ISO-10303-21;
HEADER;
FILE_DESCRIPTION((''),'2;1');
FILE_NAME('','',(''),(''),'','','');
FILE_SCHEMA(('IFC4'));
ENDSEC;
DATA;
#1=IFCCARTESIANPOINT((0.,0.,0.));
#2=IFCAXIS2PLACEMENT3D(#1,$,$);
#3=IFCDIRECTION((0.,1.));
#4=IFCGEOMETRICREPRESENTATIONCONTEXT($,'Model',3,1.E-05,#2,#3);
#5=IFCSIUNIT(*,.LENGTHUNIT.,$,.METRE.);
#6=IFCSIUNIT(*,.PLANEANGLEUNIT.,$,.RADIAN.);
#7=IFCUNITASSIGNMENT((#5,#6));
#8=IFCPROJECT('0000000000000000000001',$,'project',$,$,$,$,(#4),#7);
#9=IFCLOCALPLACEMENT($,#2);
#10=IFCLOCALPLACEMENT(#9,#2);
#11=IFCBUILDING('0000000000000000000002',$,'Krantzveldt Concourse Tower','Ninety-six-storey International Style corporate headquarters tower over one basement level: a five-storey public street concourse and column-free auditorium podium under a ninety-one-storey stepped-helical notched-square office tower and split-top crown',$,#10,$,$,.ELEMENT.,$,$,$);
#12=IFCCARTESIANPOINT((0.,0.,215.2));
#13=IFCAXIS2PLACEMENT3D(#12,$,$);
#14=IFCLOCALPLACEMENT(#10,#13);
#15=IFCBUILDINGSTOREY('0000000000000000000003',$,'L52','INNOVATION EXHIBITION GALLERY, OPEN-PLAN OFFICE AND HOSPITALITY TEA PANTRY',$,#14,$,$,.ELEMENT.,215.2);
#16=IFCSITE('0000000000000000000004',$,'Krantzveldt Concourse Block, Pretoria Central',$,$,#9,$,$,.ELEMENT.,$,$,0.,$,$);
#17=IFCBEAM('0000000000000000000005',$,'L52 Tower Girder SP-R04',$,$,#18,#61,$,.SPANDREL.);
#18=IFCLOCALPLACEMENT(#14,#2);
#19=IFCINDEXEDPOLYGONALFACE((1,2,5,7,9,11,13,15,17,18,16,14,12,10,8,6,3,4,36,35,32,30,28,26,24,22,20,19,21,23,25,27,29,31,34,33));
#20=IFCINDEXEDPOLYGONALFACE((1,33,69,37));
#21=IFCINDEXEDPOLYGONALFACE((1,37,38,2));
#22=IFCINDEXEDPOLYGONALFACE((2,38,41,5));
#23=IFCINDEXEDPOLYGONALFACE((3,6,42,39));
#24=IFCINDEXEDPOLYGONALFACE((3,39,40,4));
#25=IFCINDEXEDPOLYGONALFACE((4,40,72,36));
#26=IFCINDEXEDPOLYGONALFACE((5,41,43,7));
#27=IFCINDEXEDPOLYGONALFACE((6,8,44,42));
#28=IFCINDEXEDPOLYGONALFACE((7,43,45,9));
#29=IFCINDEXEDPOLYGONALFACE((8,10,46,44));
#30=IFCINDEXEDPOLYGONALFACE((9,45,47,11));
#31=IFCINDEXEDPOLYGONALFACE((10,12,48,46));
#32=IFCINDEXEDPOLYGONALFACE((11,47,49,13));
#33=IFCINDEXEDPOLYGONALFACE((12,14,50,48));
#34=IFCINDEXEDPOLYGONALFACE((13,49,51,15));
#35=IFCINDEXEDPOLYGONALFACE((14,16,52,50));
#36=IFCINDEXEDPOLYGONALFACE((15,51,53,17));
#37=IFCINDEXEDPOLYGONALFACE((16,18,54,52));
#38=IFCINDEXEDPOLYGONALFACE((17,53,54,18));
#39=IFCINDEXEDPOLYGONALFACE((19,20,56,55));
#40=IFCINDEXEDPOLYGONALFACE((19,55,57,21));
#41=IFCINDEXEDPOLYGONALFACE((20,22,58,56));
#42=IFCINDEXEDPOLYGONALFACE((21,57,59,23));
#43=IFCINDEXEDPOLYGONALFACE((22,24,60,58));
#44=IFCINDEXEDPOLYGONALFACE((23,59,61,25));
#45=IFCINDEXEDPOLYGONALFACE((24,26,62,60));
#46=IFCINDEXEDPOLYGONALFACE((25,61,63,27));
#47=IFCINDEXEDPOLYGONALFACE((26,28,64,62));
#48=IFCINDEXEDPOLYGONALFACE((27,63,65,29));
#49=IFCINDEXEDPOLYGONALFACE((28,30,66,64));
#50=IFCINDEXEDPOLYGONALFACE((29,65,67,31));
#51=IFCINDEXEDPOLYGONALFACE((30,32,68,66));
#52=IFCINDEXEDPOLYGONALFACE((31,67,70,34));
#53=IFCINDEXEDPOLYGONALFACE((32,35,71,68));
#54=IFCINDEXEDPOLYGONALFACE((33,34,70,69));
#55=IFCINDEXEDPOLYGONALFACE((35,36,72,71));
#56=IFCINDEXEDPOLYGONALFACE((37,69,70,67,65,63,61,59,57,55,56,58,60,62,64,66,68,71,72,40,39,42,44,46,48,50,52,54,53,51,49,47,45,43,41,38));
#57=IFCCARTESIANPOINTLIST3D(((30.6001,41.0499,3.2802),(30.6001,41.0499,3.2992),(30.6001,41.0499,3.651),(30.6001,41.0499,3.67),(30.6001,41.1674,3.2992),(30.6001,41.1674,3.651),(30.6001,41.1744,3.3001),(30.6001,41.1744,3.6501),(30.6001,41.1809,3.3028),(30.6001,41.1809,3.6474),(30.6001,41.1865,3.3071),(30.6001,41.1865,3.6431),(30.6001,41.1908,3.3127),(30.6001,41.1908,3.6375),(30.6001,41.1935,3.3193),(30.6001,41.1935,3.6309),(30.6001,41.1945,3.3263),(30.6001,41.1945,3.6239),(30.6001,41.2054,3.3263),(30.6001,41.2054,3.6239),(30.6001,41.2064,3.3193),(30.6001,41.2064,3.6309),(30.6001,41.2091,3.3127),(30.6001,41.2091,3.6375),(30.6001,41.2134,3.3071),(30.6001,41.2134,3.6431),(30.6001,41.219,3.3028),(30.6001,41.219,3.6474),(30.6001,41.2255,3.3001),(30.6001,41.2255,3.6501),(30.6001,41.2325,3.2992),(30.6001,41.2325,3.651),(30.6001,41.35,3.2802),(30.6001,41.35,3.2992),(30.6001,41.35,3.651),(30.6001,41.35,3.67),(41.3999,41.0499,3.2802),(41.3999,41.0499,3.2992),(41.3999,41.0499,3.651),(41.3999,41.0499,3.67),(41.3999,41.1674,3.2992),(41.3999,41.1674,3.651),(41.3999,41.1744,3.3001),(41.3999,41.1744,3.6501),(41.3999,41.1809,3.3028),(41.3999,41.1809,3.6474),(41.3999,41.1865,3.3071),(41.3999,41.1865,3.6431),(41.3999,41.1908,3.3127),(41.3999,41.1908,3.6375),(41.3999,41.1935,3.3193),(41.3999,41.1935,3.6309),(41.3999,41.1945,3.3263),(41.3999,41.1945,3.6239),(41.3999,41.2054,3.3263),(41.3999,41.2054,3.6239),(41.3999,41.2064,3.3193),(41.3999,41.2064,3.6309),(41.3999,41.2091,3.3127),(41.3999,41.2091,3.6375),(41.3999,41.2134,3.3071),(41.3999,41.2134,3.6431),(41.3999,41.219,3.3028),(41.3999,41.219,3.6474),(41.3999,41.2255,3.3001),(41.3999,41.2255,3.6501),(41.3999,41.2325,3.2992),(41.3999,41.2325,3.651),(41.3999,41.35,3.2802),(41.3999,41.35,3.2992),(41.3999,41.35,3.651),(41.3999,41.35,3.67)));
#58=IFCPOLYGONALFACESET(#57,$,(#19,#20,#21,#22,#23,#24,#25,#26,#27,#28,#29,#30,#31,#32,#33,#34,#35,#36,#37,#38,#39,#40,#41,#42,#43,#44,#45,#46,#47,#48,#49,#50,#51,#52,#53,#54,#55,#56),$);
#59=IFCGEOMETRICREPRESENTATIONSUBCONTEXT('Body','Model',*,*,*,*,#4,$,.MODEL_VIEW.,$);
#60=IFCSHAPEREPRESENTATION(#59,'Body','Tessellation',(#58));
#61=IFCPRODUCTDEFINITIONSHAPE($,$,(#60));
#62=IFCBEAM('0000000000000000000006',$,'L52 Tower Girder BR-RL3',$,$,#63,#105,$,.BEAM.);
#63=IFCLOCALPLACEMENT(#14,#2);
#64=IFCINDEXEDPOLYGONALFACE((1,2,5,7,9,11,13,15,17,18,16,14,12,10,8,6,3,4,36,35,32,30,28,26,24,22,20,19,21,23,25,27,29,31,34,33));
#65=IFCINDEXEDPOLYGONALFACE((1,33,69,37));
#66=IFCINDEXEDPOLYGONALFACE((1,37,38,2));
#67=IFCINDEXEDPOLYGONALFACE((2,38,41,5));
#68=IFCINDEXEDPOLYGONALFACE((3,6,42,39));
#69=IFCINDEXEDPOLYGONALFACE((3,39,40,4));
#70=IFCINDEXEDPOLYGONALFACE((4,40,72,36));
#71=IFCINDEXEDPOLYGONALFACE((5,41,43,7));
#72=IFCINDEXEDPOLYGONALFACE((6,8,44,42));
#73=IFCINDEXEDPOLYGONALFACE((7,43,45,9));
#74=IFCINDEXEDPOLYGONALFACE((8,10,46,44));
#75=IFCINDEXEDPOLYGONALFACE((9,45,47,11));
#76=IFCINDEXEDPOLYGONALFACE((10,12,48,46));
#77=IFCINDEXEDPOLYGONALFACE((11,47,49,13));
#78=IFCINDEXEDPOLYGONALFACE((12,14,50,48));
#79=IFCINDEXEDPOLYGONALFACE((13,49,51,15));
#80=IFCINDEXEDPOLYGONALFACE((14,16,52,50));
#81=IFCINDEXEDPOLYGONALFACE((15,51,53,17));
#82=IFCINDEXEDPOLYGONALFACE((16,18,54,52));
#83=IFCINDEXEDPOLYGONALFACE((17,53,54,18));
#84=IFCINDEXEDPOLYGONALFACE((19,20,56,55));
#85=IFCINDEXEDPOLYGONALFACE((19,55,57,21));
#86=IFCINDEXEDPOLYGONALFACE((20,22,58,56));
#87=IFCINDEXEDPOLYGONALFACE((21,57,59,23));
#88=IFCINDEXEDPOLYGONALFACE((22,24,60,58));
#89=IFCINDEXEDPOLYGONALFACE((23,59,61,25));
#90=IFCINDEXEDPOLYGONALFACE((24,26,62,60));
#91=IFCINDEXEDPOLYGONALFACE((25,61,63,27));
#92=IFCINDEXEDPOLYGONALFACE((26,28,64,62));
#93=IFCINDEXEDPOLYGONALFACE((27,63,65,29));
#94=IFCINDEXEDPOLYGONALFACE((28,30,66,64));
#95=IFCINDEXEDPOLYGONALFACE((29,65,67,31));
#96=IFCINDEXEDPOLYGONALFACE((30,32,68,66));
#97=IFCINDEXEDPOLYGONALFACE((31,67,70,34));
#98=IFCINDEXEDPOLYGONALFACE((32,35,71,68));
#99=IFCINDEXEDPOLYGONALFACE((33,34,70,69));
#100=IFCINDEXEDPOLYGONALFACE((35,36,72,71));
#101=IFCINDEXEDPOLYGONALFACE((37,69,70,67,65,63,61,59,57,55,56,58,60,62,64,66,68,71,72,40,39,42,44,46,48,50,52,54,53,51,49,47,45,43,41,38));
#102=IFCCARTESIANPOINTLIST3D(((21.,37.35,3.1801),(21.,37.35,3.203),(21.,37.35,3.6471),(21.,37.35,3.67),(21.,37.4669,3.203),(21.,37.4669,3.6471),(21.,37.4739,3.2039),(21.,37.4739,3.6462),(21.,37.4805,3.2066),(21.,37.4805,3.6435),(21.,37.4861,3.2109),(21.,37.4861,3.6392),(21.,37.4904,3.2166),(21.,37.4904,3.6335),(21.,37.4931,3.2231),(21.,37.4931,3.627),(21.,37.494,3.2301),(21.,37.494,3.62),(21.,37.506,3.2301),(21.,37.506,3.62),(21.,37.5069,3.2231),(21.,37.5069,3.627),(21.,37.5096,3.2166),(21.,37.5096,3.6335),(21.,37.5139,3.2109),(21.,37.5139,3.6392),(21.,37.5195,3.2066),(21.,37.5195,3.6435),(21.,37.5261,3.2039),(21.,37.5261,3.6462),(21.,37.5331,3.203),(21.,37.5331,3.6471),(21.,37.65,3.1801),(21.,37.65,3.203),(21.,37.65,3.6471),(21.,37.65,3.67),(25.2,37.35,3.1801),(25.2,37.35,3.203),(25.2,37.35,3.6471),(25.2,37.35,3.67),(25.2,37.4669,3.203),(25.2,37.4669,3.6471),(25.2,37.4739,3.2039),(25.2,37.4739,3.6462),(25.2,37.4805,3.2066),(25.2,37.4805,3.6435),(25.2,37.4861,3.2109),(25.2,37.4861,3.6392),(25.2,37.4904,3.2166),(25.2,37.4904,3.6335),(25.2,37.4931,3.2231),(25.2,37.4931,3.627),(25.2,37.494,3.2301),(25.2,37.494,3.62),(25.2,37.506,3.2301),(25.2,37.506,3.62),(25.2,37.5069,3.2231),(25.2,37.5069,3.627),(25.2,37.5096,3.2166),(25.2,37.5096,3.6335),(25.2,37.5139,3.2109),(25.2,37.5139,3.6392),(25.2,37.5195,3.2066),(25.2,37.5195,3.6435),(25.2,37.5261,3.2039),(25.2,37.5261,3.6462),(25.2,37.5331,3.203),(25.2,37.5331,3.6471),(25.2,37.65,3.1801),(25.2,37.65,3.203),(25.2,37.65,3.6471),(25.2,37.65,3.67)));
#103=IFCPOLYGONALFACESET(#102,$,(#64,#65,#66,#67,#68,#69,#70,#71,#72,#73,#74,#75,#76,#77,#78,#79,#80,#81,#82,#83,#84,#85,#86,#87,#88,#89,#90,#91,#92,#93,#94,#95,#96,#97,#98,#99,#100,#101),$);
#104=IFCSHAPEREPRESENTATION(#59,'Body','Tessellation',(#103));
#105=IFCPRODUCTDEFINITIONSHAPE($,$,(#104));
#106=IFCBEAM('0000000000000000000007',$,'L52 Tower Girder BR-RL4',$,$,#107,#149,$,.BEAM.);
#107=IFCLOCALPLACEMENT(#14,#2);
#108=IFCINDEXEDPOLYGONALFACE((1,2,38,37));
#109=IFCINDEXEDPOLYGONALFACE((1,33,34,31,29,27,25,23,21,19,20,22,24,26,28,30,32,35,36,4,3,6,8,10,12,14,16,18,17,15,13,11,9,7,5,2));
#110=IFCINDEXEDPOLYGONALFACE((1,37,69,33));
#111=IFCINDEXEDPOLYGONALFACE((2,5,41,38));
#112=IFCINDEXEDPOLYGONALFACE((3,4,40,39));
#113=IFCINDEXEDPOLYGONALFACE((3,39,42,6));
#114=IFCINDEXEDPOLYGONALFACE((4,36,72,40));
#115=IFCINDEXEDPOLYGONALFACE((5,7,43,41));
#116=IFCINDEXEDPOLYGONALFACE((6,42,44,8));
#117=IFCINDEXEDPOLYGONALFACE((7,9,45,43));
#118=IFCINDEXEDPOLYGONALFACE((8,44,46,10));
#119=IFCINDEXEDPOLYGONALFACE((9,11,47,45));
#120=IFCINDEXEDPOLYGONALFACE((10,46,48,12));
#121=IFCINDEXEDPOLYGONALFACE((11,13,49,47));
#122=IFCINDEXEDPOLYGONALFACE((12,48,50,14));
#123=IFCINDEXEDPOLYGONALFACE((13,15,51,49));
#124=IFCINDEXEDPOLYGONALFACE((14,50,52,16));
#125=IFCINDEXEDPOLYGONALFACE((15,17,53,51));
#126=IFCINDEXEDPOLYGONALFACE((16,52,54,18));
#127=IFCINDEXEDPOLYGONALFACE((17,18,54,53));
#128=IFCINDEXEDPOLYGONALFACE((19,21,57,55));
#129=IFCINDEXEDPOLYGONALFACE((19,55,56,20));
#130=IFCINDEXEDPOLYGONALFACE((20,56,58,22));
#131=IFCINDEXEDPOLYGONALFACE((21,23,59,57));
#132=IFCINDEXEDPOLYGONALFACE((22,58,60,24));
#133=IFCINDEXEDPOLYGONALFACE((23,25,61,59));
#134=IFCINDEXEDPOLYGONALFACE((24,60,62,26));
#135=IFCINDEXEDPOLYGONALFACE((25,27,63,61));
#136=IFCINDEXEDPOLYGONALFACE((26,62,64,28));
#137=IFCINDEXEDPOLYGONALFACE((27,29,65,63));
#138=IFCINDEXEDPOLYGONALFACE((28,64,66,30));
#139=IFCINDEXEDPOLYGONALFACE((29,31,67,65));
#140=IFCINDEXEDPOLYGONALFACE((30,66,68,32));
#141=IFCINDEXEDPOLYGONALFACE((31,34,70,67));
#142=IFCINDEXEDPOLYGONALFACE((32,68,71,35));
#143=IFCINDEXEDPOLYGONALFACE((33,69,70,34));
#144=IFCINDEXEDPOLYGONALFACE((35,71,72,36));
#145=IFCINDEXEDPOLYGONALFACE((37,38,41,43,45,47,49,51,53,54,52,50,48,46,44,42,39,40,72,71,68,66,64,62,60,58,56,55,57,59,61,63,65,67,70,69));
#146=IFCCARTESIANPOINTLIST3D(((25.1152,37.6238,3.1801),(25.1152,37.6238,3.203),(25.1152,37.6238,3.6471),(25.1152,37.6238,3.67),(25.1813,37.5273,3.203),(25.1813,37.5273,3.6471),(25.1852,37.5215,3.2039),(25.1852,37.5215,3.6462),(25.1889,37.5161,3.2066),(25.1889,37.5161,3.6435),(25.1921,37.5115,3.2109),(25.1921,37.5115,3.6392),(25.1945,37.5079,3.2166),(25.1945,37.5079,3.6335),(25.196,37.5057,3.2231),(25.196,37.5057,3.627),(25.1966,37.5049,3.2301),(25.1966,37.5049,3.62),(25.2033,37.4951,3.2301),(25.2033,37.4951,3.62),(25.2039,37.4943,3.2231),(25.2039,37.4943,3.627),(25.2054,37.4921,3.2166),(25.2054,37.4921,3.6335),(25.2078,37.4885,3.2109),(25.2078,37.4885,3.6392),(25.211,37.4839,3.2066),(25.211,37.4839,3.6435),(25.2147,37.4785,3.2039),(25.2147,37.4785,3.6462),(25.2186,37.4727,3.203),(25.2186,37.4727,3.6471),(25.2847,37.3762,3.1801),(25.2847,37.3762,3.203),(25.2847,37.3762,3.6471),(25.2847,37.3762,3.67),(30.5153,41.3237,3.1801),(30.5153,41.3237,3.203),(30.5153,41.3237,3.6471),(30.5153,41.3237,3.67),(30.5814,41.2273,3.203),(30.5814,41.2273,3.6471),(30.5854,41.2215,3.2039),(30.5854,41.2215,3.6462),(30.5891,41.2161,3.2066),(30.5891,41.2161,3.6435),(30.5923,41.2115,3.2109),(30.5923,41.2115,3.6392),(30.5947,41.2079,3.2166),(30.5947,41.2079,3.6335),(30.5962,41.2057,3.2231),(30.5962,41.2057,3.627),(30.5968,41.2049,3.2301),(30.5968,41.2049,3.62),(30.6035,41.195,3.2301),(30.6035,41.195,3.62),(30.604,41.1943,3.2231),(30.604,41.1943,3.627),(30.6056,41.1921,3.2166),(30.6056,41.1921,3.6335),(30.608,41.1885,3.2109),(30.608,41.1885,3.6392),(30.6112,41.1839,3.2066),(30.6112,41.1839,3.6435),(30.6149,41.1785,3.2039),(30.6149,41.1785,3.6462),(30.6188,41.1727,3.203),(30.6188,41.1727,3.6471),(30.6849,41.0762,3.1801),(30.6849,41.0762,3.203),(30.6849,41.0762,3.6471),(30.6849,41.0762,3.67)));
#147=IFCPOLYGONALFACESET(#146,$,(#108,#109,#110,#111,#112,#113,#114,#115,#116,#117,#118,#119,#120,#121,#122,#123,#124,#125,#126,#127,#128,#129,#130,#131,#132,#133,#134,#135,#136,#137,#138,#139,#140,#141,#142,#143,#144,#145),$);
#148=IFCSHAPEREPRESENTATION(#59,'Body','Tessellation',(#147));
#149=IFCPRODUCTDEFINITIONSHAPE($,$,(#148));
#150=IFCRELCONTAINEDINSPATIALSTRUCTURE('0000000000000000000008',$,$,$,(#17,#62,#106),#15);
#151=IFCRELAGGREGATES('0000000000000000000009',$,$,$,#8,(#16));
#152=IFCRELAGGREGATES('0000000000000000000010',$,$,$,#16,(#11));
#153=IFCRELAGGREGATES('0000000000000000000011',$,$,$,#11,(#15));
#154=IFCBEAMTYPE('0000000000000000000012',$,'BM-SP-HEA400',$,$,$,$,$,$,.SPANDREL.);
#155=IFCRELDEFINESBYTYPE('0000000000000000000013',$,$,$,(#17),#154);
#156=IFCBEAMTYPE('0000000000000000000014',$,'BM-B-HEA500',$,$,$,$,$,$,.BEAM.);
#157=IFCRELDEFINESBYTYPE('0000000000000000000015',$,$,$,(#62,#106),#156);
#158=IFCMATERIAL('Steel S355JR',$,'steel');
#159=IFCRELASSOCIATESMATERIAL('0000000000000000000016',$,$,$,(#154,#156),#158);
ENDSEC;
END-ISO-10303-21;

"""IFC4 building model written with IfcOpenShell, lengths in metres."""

from ifc_helpers import new_model, si_unit, direction, frame, origin, origin_2d, place, context, subcontext, project, spatial, i_section, extrude, source, transform, mapped, material, material_profile, profile_set, type_object, type_shapes, element, save


model = new_model("IFC4")

# Units and contexts
model_context = context("Model", 3, precision=1e-05, world=origin(), true_north=direction((0.0, 1.0)))
body_context = subcontext(model_context, "Body", "Model", "MODEL_VIEW")
ifc_project = project(units=[si_unit("LENGTHUNIT", "METRE"), si_unit("PLANEANGLEUNIT", "RADIAN")], contexts=[model_context])

# Site, building, storey
site_placement = place(None, origin())
site = spatial("IfcSite", under=ifc_project, at=site_placement, Name="Krantzveldt Concourse Block, Pretoria Central", CompositionType="ELEMENT", RefElevation=0.0)
building_placement = place(site_placement, origin())
building = spatial("IfcBuilding", under=site, at=building_placement, Name="Krantzveldt Concourse Tower", Description="Ninety-six-storey International Style corporate headquarters tower over one basement level: a five-storey public street concourse and column-free auditorium podium under a ninety-one-storey stepped-helical notched-square office tower and split-top crown", CompositionType="ELEMENT")
storey_placement = place(building_placement, frame((0.0, 0.0, 215.2)))
storey = spatial("IfcBuildingStorey", under=building, at=storey_placement, Name="L52", Description="INNOVATION EXHIBITION GALLERY, OPEN-PLAN OFFICE AND HOSPITALITY TEA PANTRY", CompositionType="ELEMENT", Elevation=215.2)

# Beams
ifc_material_1 = material(Name="Steel S355JR", Category="steel")
ifc_material_profile_1 = material_profile(ifc_material_1, i_section(OverallWidth=0.3, OverallDepth=0.3899, WebThickness=0.011, FlangeThickness=0.019, FilletRadius=0.0271, at=origin_2d()), Name="Steel S355JR", Category="steel")
ifc_profile_set_1 = profile_set([ifc_material_profile_1], Name="Steel S355JR - HEA 400")
beam_type_1 = type_object("IfcBeamType", Name="BM-SP-HEA400", PredefinedType="SPANDREL", material=ifc_profile_set_1)
shared_shape_1 = source(origin(), body_context, "Body", "SweptSolid", [
    extrude(i_section(OverallWidth=0.3, OverallDepth=0.3899, WebThickness=0.011, FlangeThickness=0.019, FilletRadius=0.0271, at=origin_2d()), origin(), (0.0, 0.0, 1.0), 10.7998),
])
beam_1_placement = place(storey_placement, frame((30.6001, 41.2, 3.4751), z_axis=(1.0, 0.0, 0.0), x_axis=(0.0, 1.0, 0.0)))
element("IfcBeam", 1, at=beam_1_placement, inside=storey, type_object=beam_type_1, Name="L52 Tower Girder SP-R04", PredefinedType="SPANDREL", context=body_context, shape_type="MappedRepresentation", body=[
    mapped(shared_shape_1, transform((0.0, 0.0, 0.0), x_axis=(1.0, 0.0, 0.0), y_axis=(0.0, 1.0, 0.0), z_axis=(0.0, 0.0, 1.0), scale=1.0)),
])
ifc_material_profile_2 = material_profile(ifc_material_1, i_section(OverallWidth=0.3, OverallDepth=0.49, WebThickness=0.012, FlangeThickness=0.0229, FilletRadius=0.0271, at=origin_2d()), Name="Steel S355JR", Category="steel")
ifc_profile_set_2 = profile_set([ifc_material_profile_2], Name="Steel S355JR - HEA 500")
beam_type_2 = type_object("IfcBeamType", Name="BM-B-HEA500", PredefinedType="BEAM", material=ifc_profile_set_2)
shared_shape_2 = source(origin(), body_context, "Body", "SweptSolid", [
    extrude(i_section(OverallWidth=0.3, OverallDepth=0.49, WebThickness=0.012, FlangeThickness=0.0229, FilletRadius=0.0271, at=origin_2d()), origin(), (0.0, 0.0, 1.0), 4.2),
])
beam_2_placement = place(storey_placement, frame((21.0, 37.5, 3.425), z_axis=(1.0, 0.0, 0.0), x_axis=(0.0, 1.0, 0.0)))
element("IfcBeam", 2, at=beam_2_placement, inside=storey, type_object=beam_type_2, Name="L52 Tower Girder BR-RL3", PredefinedType="BEAM", context=body_context, shape_type="MappedRepresentation", body=[
    mapped(shared_shape_2, transform((0.0, 0.0, 0.0), x_axis=(1.0, 0.0, 0.0), y_axis=(0.0, 1.0, 0.0), z_axis=(0.0, 0.0, 1.0), scale=1.0)),
])
shared_shape_3 = source(origin(), body_context, "Body", "SweptSolid", [
    extrude(i_section(OverallWidth=0.3, OverallDepth=0.49, WebThickness=0.012, FlangeThickness=0.0229, FilletRadius=0.0271, at=origin_2d()), origin(), (0.0, 0.0, 1.0), 6.5461),
])
type_shapes(beam_type_2, [shared_shape_2, shared_shape_3])
beam_3_placement = place(storey_placement, frame((25.2, 37.5, 3.425), z_axis=(0.824943, 0.565216, 0.0), x_axis=(-0.565216, 0.824943, 0.0)))
element("IfcBeam", 3, at=beam_3_placement, inside=storey, type_object=beam_type_2, Name="L52 Tower Girder BR-RL4", PredefinedType="BEAM", context=body_context, shape_type="MappedRepresentation", body=[
    mapped(shared_shape_3, transform((0.0, 0.0, 0.0), x_axis=(1.0, 0.0, 0.0), y_axis=(0.0, 1.0, 0.0), z_axis=(0.0, 0.0, 1.0), scale=1.0)),
])

save(model, "model.ifc")
